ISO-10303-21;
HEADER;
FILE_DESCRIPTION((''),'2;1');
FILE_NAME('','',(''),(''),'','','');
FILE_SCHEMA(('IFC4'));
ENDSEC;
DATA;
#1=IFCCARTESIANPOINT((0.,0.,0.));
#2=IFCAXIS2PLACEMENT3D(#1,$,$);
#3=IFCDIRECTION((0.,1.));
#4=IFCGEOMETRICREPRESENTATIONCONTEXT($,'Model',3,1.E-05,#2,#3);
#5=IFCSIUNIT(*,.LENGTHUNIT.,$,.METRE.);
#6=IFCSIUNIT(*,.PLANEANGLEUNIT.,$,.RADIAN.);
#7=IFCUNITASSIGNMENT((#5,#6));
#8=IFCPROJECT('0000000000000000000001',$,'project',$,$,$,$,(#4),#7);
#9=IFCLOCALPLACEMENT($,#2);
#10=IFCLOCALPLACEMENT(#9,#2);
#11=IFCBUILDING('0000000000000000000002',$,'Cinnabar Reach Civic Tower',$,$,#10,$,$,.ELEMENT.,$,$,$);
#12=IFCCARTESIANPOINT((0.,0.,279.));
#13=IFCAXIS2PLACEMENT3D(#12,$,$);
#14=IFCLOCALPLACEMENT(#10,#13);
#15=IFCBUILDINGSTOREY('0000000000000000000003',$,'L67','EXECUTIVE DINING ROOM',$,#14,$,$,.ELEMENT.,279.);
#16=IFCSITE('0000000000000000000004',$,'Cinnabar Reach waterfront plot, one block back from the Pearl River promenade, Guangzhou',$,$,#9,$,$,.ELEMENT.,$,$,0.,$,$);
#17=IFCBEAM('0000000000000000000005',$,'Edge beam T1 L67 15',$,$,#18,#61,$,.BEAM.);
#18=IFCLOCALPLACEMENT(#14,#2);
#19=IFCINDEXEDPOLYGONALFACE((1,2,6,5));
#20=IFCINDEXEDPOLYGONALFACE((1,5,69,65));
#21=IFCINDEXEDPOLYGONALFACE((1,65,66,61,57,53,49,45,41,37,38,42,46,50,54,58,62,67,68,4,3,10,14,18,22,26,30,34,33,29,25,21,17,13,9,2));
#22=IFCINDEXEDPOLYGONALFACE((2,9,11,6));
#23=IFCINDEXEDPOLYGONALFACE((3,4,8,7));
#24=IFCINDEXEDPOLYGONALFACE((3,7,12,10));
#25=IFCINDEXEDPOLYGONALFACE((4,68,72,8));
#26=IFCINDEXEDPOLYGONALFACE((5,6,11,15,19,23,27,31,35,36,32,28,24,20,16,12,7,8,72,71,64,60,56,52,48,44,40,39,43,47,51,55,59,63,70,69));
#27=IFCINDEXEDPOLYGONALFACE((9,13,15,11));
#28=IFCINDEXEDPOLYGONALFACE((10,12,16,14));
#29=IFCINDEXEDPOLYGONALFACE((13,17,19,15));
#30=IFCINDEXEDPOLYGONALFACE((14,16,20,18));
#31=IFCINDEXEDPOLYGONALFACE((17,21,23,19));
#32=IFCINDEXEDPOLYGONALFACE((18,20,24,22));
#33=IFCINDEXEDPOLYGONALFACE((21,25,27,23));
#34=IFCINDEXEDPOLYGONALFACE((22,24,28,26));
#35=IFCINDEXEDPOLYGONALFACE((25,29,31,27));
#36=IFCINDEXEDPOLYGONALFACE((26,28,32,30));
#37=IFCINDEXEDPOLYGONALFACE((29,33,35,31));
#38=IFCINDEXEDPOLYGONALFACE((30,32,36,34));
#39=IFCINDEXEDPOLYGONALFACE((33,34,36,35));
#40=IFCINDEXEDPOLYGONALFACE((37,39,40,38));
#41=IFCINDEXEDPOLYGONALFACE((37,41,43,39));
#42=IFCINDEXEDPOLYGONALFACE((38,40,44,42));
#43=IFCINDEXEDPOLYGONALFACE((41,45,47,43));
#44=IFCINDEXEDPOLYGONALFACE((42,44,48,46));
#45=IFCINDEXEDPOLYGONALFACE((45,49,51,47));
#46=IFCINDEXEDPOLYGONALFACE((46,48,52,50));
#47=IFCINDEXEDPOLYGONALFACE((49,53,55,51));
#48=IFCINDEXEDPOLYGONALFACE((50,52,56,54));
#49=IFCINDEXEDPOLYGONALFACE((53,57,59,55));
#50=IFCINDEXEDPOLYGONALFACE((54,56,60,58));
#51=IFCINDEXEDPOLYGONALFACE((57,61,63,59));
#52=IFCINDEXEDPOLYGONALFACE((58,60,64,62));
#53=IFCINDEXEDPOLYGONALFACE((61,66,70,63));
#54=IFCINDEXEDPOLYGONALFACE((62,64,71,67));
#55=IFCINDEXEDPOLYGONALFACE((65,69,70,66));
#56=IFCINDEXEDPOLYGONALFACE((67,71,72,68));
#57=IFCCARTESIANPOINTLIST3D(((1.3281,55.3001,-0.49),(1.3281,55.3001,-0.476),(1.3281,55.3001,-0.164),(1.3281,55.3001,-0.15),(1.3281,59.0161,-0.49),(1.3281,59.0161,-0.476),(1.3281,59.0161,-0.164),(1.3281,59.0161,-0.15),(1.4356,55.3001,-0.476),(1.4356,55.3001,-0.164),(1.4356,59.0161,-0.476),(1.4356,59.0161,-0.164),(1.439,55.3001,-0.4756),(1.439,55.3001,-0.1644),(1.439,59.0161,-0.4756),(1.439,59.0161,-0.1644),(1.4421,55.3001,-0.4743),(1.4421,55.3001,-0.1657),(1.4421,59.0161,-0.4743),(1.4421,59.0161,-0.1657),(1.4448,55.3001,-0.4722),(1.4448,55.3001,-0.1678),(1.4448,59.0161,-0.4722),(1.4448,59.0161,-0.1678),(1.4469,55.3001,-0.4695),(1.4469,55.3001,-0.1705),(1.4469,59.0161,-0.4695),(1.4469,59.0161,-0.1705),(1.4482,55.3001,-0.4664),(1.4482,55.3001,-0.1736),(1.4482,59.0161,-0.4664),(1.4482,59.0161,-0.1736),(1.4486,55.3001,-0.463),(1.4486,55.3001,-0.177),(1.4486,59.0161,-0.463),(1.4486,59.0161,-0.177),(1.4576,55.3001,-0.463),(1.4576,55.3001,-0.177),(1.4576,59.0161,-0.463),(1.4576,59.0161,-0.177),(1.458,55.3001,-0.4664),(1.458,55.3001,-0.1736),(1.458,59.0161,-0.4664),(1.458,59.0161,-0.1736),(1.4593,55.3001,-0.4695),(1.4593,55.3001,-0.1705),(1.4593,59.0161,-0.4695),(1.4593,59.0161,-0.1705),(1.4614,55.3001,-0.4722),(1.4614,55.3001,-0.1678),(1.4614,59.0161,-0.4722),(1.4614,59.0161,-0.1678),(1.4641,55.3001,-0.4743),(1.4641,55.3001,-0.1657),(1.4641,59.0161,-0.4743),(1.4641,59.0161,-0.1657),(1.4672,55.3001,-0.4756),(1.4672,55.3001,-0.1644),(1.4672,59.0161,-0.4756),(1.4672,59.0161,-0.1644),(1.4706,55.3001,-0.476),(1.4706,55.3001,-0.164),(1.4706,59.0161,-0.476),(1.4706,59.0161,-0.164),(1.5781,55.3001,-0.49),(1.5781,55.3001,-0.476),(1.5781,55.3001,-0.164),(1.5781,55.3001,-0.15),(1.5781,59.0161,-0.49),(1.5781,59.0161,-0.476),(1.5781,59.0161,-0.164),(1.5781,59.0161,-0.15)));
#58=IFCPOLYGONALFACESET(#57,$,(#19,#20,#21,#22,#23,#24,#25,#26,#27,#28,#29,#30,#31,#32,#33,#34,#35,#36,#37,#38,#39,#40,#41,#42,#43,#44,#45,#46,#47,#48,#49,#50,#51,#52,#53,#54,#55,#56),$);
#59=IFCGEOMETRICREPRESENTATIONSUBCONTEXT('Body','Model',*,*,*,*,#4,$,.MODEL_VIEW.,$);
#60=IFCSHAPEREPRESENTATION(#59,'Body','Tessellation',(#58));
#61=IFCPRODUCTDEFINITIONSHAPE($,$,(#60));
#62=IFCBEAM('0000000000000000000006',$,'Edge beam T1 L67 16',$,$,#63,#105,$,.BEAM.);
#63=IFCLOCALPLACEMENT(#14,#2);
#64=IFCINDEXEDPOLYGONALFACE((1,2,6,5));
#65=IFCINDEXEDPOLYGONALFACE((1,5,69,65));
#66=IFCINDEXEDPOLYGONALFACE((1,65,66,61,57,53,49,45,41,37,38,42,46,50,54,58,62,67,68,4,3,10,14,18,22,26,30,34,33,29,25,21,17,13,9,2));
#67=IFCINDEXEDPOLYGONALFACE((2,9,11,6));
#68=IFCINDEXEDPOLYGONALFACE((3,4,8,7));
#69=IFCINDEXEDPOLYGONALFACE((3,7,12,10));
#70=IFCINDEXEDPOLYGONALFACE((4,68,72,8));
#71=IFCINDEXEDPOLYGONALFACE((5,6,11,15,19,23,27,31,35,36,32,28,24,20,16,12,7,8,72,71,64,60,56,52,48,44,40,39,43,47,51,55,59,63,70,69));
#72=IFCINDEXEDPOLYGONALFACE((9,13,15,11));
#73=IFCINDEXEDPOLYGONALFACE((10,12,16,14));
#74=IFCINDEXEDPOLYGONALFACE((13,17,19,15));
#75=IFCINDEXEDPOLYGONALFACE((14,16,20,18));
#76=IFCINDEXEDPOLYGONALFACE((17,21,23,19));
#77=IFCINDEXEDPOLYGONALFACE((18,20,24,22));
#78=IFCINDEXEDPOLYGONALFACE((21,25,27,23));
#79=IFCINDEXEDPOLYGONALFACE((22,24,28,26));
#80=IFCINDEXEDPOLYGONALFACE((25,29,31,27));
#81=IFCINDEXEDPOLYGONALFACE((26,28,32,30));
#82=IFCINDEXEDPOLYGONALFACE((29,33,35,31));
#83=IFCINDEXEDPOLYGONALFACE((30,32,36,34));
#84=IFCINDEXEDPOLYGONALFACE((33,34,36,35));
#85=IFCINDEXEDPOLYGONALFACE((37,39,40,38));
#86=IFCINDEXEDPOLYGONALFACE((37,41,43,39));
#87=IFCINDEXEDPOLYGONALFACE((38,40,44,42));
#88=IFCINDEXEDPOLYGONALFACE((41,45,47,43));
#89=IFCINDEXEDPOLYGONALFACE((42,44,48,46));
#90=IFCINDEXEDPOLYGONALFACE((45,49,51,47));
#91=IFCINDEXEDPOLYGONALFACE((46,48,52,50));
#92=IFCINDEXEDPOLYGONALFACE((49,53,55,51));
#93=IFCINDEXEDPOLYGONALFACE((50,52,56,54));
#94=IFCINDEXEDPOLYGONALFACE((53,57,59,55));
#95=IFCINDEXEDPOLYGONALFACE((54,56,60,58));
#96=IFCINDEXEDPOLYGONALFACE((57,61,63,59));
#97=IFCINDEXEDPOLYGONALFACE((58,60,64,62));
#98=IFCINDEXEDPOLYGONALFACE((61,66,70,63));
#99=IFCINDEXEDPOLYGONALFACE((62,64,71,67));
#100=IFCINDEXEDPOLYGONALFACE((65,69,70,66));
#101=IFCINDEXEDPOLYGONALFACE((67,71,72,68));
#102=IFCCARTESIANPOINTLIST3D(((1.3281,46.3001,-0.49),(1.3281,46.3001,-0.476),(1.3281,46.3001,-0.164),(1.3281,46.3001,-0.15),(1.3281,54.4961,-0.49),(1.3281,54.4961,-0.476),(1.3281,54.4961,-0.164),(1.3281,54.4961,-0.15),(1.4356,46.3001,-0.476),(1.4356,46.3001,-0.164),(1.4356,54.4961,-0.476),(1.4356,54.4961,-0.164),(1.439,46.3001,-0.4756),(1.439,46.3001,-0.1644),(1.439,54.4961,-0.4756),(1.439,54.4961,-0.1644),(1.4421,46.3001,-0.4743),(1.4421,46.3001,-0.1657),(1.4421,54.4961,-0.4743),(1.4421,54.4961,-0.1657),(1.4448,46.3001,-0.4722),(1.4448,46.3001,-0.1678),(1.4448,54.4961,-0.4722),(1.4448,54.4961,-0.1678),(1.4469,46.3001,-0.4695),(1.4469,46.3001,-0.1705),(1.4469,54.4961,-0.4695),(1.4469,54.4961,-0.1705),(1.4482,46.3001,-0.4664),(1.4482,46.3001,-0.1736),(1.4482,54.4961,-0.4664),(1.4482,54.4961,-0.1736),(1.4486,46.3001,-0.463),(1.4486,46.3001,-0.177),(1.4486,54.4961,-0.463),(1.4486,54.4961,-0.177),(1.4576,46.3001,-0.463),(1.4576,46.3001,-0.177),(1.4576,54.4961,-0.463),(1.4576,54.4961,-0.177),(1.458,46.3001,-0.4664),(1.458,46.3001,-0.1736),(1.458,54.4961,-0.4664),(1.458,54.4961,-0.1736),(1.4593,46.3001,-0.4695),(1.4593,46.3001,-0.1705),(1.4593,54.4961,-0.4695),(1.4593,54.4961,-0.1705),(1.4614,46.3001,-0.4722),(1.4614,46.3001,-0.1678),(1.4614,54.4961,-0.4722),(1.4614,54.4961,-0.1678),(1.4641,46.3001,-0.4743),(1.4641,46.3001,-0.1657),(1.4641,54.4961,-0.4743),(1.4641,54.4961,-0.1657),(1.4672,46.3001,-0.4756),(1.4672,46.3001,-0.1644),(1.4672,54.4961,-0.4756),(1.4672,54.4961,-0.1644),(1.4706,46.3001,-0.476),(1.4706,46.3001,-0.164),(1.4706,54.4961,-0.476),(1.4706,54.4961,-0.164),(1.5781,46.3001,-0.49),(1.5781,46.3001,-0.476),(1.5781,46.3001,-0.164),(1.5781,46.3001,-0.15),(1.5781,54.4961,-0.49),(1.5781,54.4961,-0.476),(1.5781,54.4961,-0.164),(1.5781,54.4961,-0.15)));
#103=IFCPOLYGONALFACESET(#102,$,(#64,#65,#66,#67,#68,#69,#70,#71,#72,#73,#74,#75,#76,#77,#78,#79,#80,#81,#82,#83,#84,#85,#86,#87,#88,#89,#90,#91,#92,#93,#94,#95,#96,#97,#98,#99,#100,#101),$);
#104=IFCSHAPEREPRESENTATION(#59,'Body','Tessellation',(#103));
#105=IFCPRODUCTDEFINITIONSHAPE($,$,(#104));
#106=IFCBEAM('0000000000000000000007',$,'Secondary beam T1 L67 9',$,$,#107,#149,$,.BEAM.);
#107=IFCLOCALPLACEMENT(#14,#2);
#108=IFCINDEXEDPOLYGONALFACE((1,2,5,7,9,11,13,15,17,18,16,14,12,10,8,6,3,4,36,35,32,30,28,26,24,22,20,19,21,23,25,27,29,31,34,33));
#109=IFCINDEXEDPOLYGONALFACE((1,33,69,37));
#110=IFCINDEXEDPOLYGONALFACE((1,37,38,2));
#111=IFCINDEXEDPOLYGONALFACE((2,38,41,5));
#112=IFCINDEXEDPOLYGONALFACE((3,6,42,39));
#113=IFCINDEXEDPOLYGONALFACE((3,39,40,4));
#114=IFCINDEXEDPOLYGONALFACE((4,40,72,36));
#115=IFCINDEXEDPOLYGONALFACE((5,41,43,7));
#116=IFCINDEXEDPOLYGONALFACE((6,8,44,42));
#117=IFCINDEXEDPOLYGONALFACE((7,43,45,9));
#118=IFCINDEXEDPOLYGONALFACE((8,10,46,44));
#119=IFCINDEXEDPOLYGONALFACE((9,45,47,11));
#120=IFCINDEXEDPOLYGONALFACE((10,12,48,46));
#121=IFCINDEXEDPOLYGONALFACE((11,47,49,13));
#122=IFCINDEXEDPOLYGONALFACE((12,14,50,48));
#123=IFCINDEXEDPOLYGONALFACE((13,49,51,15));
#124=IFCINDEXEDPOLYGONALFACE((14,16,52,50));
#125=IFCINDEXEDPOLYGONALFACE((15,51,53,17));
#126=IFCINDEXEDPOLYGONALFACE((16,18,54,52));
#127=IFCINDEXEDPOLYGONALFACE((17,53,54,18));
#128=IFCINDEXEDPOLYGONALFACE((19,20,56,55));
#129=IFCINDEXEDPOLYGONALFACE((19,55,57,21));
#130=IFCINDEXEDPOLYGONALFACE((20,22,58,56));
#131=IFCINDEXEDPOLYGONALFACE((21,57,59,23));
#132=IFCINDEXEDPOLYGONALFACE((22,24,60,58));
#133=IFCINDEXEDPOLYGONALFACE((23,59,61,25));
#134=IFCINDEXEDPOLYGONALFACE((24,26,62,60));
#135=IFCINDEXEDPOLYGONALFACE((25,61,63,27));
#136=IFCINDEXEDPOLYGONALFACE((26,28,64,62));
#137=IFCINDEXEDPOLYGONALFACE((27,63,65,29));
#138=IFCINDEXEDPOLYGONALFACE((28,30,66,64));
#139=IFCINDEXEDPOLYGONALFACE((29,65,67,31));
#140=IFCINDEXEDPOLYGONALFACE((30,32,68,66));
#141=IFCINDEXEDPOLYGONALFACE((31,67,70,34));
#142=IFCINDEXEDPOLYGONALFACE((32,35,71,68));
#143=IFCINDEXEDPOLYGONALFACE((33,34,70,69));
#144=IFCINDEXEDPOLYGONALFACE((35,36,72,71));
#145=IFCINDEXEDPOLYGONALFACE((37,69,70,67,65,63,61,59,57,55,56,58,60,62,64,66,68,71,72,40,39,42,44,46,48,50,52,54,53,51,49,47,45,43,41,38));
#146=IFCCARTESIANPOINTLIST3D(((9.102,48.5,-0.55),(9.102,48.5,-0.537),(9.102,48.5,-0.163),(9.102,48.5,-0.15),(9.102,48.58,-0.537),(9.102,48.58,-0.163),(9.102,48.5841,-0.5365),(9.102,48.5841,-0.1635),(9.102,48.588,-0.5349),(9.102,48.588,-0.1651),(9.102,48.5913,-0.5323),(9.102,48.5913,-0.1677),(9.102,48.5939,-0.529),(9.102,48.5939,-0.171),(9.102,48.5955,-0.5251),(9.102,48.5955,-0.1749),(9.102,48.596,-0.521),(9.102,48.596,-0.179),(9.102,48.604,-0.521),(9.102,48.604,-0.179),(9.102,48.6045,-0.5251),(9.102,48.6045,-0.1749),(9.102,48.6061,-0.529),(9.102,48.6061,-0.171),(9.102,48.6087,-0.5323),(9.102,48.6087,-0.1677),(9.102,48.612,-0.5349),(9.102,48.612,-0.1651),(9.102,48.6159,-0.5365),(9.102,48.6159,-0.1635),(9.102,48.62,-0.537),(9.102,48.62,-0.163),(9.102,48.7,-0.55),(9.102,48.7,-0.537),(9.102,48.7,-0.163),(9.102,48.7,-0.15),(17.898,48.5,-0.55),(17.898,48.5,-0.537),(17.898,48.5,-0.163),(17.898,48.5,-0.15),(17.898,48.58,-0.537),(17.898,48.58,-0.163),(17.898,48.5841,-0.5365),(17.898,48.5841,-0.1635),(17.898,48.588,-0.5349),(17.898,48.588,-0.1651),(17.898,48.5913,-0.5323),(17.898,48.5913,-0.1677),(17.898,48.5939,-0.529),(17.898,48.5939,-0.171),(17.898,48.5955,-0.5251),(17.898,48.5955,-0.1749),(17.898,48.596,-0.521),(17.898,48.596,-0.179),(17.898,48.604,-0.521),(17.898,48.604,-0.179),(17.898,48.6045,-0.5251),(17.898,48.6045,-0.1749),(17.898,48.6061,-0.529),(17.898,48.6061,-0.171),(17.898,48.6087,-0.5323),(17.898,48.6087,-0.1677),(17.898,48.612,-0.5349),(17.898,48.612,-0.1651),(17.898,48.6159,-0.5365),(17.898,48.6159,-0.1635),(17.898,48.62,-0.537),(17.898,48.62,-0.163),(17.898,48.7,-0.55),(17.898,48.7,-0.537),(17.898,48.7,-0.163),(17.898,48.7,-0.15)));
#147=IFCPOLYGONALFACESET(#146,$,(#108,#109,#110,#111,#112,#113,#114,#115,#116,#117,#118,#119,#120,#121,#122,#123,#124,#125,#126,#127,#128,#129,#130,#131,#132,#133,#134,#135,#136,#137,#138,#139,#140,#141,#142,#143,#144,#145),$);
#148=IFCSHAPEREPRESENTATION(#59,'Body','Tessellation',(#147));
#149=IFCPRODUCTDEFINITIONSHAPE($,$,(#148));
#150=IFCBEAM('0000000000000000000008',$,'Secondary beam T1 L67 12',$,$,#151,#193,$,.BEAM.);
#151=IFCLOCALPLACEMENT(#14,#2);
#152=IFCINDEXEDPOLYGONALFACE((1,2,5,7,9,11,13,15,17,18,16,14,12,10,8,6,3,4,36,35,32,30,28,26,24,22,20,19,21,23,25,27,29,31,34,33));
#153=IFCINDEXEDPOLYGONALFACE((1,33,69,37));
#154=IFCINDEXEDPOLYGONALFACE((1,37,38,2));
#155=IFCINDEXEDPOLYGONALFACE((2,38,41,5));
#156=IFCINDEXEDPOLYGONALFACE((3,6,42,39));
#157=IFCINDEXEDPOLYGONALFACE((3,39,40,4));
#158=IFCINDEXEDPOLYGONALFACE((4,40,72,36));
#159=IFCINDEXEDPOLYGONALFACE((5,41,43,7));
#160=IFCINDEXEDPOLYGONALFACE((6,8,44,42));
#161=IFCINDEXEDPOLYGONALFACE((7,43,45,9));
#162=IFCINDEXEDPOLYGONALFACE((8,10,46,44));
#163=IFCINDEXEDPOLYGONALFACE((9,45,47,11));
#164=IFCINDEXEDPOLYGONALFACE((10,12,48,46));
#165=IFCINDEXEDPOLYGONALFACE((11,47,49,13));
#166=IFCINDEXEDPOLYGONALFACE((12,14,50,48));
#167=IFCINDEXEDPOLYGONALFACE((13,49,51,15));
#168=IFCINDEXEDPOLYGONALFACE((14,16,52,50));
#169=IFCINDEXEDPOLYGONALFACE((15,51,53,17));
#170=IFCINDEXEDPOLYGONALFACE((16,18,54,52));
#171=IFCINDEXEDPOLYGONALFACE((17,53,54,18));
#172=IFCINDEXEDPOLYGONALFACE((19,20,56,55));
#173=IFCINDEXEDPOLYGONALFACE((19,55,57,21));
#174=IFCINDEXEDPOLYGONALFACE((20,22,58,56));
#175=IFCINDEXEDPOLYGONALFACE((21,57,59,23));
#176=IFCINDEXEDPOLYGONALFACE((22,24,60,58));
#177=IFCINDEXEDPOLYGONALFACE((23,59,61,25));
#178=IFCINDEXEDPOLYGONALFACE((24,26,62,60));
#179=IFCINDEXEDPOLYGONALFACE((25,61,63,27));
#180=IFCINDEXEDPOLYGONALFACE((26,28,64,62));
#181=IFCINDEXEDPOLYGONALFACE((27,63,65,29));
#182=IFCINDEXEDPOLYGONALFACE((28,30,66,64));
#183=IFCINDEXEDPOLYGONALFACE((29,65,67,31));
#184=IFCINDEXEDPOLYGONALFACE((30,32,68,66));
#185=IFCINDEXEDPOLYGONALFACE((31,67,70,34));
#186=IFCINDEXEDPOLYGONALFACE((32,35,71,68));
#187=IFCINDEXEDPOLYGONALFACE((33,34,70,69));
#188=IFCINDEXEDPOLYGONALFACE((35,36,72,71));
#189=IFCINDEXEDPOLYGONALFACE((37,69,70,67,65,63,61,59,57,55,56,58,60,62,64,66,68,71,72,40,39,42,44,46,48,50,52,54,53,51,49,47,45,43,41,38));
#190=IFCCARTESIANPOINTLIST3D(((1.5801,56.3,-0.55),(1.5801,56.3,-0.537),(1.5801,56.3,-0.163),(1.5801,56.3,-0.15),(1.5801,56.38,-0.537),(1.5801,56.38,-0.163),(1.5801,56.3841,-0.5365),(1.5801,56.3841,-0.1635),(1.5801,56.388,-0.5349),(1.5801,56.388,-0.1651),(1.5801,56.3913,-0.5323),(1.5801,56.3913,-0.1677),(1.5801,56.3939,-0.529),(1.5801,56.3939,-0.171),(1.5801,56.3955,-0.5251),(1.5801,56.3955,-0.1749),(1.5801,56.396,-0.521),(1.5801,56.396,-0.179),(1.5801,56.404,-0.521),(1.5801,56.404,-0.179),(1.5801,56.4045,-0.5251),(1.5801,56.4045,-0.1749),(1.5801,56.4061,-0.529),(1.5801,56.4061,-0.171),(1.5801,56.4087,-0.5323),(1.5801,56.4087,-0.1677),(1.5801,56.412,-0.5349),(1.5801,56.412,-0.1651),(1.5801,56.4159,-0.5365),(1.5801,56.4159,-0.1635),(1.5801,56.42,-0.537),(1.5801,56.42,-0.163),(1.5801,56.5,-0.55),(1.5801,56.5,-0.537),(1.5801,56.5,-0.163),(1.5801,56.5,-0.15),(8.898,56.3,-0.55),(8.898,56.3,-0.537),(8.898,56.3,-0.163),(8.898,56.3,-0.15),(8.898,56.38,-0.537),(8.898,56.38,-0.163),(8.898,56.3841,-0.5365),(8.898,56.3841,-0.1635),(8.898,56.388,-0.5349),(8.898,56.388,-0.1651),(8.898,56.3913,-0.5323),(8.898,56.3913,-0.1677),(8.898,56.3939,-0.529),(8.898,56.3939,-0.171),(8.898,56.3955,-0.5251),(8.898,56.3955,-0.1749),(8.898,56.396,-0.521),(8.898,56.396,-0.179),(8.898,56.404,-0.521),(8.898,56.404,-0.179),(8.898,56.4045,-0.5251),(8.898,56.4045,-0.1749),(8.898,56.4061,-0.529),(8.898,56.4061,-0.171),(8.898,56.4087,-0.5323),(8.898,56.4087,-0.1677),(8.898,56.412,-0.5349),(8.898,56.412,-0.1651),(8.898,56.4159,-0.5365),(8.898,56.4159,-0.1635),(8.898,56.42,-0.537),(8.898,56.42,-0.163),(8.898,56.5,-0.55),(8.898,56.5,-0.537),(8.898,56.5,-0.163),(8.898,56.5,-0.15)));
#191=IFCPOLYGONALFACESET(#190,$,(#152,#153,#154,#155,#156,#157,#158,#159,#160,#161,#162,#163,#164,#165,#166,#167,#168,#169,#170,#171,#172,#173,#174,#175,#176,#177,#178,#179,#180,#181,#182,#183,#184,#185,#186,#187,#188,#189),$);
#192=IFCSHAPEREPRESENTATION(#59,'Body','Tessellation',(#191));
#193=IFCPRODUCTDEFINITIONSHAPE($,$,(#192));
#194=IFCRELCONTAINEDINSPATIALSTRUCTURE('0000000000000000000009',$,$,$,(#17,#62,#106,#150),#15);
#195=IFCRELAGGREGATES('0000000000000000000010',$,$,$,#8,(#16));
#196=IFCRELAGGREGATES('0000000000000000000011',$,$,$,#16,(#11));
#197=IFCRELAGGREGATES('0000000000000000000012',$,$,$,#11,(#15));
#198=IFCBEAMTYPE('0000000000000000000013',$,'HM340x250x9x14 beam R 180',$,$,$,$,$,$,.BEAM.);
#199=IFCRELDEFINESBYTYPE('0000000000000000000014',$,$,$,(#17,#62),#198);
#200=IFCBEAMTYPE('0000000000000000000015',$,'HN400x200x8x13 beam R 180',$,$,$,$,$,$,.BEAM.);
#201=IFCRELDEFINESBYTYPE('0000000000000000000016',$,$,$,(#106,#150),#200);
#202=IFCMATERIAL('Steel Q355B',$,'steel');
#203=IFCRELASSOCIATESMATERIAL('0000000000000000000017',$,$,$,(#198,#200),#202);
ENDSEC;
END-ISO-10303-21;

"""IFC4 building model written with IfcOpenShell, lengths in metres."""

from ifc_helpers import new_model, si_unit, direction, frame, origin, origin_2d, place, context, subcontext, project, spatial, i_section, extrude, material, material_profile, profile_set, type_object, element, save


model = new_model("IFC4")

# Units and contexts
model_context = context("Model", 3, precision=1e-05, world=origin(), true_north=direction((0.0, 1.0)))
body_context = subcontext(model_context, "Body", "Model", "MODEL_VIEW")
ifc_project = project(units=[si_unit("LENGTHUNIT", "METRE"), si_unit("PLANEANGLEUNIT", "RADIAN")], contexts=[model_context])

# Site, building, storey
site_placement = place(None, origin())
site = spatial("IfcSite", under=ifc_project, at=site_placement, Name="Cinnabar Reach waterfront plot, one block back from the Pearl River promenade, Guangzhou", CompositionType="ELEMENT", RefElevation=0.0)
building_placement = place(site_placement, origin())
building = spatial("IfcBuilding", under=site, at=building_placement, Name="Cinnabar Reach Civic Tower", CompositionType="ELEMENT")
storey_placement = place(building_placement, frame((0.0, 0.0, 279.0)))
storey = spatial("IfcBuildingStorey", under=building, at=storey_placement, Name="L67", Description="EXECUTIVE DINING ROOM", CompositionType="ELEMENT", Elevation=279.0)

# Beams
ifc_material_1 = material(Name="Steel Q355B", Category="steel")
ifc_material_profile_1 = material_profile(ifc_material_1, i_section(OverallWidth=0.25, OverallDepth=0.34, WebThickness=0.009, FlangeThickness=0.014, FilletRadius=0.013, at=origin_2d()), Name="HM340x250x9x14")
ifc_profile_set_1 = profile_set([ifc_material_profile_1], Name="Steel Q355B")
beam_type_1 = type_object("IfcBeamType", Name="HM340x250x9x14 beam R 180", PredefinedType="BEAM", material=ifc_profile_set_1)
beam_1_placement = place(storey_placement, frame((1.4531, 59.0161, -0.32), z_axis=(0.0, -1.0, 0.0), x_axis=(1.0, 0.0, 0.0)))
element("IfcBeam", 1, at=beam_1_placement, inside=storey, type_object=beam_type_1, Name="Edge beam T1 L67 15", PredefinedType="BEAM", context=body_context, shape_type="SweptSolid", body=[
    extrude(i_section(OverallWidth=0.25, OverallDepth=0.34, WebThickness=0.009, FlangeThickness=0.014, FilletRadius=0.013, at=origin_2d()), origin(), (0.0, 0.0, 1.0), 3.716),
])
beam_2_placement = place(storey_placement, frame((1.4531, 54.4961, -0.32), z_axis=(0.0, -1.0, 0.0), x_axis=(1.0, 0.0, 0.0)))
element("IfcBeam", 2, at=beam_2_placement, inside=storey, type_object=beam_type_1, Name="Edge beam T1 L67 16", PredefinedType="BEAM", context=body_context, shape_type="SweptSolid", body=[
    extrude(i_section(OverallWidth=0.25, OverallDepth=0.34, WebThickness=0.009, FlangeThickness=0.014, FilletRadius=0.013, at=origin_2d()), origin(), (0.0, 0.0, 1.0), 8.196),
])
ifc_material_profile_2 = material_profile(ifc_material_1, i_section(OverallWidth=0.2, OverallDepth=0.4, WebThickness=0.008, FlangeThickness=0.013, FilletRadius=0.016, at=origin_2d()), Name="HN400x200x8x13")
ifc_profile_set_2 = profile_set([ifc_material_profile_2], Name="Steel Q355B")
beam_type_2 = type_object("IfcBeamType", Name="HN400x200x8x13 beam R 180", PredefinedType="BEAM", material=ifc_profile_set_2)
beam_3_placement = place(storey_placement, frame((9.102, 48.6, -0.35), z_axis=(1.0, 0.0, 0.0), x_axis=(0.0, 1.0, 0.0)))
element("IfcBeam", 3, at=beam_3_placement, inside=storey, type_object=beam_type_2, Name="Secondary beam T1 L67 9", PredefinedType="BEAM", context=body_context, shape_type="SweptSolid", body=[
    extrude(i_section(OverallWidth=0.2, OverallDepth=0.4, WebThickness=0.008, FlangeThickness=0.013, FilletRadius=0.016, at=origin_2d()), origin(), (0.0, 0.0, 1.0), 8.796),
])
beam_4_placement = place(storey_placement, frame((1.5801, 56.4, -0.35), z_axis=(1.0, 0.0, 0.0), x_axis=(0.0, 1.0, 0.0)))
element("IfcBeam", 4, at=beam_4_placement, inside=storey, type_object=beam_type_2, Name="Secondary beam T1 L67 12", PredefinedType="BEAM", context=body_context, shape_type="SweptSolid", body=[
    extrude(i_section(OverallWidth=0.2, OverallDepth=0.4, WebThickness=0.008, FlangeThickness=0.013, FilletRadius=0.016, at=origin_2d()), origin(), (0.0, 0.0, 1.0), 7.3179),
])

save(model, "model.ifc")
